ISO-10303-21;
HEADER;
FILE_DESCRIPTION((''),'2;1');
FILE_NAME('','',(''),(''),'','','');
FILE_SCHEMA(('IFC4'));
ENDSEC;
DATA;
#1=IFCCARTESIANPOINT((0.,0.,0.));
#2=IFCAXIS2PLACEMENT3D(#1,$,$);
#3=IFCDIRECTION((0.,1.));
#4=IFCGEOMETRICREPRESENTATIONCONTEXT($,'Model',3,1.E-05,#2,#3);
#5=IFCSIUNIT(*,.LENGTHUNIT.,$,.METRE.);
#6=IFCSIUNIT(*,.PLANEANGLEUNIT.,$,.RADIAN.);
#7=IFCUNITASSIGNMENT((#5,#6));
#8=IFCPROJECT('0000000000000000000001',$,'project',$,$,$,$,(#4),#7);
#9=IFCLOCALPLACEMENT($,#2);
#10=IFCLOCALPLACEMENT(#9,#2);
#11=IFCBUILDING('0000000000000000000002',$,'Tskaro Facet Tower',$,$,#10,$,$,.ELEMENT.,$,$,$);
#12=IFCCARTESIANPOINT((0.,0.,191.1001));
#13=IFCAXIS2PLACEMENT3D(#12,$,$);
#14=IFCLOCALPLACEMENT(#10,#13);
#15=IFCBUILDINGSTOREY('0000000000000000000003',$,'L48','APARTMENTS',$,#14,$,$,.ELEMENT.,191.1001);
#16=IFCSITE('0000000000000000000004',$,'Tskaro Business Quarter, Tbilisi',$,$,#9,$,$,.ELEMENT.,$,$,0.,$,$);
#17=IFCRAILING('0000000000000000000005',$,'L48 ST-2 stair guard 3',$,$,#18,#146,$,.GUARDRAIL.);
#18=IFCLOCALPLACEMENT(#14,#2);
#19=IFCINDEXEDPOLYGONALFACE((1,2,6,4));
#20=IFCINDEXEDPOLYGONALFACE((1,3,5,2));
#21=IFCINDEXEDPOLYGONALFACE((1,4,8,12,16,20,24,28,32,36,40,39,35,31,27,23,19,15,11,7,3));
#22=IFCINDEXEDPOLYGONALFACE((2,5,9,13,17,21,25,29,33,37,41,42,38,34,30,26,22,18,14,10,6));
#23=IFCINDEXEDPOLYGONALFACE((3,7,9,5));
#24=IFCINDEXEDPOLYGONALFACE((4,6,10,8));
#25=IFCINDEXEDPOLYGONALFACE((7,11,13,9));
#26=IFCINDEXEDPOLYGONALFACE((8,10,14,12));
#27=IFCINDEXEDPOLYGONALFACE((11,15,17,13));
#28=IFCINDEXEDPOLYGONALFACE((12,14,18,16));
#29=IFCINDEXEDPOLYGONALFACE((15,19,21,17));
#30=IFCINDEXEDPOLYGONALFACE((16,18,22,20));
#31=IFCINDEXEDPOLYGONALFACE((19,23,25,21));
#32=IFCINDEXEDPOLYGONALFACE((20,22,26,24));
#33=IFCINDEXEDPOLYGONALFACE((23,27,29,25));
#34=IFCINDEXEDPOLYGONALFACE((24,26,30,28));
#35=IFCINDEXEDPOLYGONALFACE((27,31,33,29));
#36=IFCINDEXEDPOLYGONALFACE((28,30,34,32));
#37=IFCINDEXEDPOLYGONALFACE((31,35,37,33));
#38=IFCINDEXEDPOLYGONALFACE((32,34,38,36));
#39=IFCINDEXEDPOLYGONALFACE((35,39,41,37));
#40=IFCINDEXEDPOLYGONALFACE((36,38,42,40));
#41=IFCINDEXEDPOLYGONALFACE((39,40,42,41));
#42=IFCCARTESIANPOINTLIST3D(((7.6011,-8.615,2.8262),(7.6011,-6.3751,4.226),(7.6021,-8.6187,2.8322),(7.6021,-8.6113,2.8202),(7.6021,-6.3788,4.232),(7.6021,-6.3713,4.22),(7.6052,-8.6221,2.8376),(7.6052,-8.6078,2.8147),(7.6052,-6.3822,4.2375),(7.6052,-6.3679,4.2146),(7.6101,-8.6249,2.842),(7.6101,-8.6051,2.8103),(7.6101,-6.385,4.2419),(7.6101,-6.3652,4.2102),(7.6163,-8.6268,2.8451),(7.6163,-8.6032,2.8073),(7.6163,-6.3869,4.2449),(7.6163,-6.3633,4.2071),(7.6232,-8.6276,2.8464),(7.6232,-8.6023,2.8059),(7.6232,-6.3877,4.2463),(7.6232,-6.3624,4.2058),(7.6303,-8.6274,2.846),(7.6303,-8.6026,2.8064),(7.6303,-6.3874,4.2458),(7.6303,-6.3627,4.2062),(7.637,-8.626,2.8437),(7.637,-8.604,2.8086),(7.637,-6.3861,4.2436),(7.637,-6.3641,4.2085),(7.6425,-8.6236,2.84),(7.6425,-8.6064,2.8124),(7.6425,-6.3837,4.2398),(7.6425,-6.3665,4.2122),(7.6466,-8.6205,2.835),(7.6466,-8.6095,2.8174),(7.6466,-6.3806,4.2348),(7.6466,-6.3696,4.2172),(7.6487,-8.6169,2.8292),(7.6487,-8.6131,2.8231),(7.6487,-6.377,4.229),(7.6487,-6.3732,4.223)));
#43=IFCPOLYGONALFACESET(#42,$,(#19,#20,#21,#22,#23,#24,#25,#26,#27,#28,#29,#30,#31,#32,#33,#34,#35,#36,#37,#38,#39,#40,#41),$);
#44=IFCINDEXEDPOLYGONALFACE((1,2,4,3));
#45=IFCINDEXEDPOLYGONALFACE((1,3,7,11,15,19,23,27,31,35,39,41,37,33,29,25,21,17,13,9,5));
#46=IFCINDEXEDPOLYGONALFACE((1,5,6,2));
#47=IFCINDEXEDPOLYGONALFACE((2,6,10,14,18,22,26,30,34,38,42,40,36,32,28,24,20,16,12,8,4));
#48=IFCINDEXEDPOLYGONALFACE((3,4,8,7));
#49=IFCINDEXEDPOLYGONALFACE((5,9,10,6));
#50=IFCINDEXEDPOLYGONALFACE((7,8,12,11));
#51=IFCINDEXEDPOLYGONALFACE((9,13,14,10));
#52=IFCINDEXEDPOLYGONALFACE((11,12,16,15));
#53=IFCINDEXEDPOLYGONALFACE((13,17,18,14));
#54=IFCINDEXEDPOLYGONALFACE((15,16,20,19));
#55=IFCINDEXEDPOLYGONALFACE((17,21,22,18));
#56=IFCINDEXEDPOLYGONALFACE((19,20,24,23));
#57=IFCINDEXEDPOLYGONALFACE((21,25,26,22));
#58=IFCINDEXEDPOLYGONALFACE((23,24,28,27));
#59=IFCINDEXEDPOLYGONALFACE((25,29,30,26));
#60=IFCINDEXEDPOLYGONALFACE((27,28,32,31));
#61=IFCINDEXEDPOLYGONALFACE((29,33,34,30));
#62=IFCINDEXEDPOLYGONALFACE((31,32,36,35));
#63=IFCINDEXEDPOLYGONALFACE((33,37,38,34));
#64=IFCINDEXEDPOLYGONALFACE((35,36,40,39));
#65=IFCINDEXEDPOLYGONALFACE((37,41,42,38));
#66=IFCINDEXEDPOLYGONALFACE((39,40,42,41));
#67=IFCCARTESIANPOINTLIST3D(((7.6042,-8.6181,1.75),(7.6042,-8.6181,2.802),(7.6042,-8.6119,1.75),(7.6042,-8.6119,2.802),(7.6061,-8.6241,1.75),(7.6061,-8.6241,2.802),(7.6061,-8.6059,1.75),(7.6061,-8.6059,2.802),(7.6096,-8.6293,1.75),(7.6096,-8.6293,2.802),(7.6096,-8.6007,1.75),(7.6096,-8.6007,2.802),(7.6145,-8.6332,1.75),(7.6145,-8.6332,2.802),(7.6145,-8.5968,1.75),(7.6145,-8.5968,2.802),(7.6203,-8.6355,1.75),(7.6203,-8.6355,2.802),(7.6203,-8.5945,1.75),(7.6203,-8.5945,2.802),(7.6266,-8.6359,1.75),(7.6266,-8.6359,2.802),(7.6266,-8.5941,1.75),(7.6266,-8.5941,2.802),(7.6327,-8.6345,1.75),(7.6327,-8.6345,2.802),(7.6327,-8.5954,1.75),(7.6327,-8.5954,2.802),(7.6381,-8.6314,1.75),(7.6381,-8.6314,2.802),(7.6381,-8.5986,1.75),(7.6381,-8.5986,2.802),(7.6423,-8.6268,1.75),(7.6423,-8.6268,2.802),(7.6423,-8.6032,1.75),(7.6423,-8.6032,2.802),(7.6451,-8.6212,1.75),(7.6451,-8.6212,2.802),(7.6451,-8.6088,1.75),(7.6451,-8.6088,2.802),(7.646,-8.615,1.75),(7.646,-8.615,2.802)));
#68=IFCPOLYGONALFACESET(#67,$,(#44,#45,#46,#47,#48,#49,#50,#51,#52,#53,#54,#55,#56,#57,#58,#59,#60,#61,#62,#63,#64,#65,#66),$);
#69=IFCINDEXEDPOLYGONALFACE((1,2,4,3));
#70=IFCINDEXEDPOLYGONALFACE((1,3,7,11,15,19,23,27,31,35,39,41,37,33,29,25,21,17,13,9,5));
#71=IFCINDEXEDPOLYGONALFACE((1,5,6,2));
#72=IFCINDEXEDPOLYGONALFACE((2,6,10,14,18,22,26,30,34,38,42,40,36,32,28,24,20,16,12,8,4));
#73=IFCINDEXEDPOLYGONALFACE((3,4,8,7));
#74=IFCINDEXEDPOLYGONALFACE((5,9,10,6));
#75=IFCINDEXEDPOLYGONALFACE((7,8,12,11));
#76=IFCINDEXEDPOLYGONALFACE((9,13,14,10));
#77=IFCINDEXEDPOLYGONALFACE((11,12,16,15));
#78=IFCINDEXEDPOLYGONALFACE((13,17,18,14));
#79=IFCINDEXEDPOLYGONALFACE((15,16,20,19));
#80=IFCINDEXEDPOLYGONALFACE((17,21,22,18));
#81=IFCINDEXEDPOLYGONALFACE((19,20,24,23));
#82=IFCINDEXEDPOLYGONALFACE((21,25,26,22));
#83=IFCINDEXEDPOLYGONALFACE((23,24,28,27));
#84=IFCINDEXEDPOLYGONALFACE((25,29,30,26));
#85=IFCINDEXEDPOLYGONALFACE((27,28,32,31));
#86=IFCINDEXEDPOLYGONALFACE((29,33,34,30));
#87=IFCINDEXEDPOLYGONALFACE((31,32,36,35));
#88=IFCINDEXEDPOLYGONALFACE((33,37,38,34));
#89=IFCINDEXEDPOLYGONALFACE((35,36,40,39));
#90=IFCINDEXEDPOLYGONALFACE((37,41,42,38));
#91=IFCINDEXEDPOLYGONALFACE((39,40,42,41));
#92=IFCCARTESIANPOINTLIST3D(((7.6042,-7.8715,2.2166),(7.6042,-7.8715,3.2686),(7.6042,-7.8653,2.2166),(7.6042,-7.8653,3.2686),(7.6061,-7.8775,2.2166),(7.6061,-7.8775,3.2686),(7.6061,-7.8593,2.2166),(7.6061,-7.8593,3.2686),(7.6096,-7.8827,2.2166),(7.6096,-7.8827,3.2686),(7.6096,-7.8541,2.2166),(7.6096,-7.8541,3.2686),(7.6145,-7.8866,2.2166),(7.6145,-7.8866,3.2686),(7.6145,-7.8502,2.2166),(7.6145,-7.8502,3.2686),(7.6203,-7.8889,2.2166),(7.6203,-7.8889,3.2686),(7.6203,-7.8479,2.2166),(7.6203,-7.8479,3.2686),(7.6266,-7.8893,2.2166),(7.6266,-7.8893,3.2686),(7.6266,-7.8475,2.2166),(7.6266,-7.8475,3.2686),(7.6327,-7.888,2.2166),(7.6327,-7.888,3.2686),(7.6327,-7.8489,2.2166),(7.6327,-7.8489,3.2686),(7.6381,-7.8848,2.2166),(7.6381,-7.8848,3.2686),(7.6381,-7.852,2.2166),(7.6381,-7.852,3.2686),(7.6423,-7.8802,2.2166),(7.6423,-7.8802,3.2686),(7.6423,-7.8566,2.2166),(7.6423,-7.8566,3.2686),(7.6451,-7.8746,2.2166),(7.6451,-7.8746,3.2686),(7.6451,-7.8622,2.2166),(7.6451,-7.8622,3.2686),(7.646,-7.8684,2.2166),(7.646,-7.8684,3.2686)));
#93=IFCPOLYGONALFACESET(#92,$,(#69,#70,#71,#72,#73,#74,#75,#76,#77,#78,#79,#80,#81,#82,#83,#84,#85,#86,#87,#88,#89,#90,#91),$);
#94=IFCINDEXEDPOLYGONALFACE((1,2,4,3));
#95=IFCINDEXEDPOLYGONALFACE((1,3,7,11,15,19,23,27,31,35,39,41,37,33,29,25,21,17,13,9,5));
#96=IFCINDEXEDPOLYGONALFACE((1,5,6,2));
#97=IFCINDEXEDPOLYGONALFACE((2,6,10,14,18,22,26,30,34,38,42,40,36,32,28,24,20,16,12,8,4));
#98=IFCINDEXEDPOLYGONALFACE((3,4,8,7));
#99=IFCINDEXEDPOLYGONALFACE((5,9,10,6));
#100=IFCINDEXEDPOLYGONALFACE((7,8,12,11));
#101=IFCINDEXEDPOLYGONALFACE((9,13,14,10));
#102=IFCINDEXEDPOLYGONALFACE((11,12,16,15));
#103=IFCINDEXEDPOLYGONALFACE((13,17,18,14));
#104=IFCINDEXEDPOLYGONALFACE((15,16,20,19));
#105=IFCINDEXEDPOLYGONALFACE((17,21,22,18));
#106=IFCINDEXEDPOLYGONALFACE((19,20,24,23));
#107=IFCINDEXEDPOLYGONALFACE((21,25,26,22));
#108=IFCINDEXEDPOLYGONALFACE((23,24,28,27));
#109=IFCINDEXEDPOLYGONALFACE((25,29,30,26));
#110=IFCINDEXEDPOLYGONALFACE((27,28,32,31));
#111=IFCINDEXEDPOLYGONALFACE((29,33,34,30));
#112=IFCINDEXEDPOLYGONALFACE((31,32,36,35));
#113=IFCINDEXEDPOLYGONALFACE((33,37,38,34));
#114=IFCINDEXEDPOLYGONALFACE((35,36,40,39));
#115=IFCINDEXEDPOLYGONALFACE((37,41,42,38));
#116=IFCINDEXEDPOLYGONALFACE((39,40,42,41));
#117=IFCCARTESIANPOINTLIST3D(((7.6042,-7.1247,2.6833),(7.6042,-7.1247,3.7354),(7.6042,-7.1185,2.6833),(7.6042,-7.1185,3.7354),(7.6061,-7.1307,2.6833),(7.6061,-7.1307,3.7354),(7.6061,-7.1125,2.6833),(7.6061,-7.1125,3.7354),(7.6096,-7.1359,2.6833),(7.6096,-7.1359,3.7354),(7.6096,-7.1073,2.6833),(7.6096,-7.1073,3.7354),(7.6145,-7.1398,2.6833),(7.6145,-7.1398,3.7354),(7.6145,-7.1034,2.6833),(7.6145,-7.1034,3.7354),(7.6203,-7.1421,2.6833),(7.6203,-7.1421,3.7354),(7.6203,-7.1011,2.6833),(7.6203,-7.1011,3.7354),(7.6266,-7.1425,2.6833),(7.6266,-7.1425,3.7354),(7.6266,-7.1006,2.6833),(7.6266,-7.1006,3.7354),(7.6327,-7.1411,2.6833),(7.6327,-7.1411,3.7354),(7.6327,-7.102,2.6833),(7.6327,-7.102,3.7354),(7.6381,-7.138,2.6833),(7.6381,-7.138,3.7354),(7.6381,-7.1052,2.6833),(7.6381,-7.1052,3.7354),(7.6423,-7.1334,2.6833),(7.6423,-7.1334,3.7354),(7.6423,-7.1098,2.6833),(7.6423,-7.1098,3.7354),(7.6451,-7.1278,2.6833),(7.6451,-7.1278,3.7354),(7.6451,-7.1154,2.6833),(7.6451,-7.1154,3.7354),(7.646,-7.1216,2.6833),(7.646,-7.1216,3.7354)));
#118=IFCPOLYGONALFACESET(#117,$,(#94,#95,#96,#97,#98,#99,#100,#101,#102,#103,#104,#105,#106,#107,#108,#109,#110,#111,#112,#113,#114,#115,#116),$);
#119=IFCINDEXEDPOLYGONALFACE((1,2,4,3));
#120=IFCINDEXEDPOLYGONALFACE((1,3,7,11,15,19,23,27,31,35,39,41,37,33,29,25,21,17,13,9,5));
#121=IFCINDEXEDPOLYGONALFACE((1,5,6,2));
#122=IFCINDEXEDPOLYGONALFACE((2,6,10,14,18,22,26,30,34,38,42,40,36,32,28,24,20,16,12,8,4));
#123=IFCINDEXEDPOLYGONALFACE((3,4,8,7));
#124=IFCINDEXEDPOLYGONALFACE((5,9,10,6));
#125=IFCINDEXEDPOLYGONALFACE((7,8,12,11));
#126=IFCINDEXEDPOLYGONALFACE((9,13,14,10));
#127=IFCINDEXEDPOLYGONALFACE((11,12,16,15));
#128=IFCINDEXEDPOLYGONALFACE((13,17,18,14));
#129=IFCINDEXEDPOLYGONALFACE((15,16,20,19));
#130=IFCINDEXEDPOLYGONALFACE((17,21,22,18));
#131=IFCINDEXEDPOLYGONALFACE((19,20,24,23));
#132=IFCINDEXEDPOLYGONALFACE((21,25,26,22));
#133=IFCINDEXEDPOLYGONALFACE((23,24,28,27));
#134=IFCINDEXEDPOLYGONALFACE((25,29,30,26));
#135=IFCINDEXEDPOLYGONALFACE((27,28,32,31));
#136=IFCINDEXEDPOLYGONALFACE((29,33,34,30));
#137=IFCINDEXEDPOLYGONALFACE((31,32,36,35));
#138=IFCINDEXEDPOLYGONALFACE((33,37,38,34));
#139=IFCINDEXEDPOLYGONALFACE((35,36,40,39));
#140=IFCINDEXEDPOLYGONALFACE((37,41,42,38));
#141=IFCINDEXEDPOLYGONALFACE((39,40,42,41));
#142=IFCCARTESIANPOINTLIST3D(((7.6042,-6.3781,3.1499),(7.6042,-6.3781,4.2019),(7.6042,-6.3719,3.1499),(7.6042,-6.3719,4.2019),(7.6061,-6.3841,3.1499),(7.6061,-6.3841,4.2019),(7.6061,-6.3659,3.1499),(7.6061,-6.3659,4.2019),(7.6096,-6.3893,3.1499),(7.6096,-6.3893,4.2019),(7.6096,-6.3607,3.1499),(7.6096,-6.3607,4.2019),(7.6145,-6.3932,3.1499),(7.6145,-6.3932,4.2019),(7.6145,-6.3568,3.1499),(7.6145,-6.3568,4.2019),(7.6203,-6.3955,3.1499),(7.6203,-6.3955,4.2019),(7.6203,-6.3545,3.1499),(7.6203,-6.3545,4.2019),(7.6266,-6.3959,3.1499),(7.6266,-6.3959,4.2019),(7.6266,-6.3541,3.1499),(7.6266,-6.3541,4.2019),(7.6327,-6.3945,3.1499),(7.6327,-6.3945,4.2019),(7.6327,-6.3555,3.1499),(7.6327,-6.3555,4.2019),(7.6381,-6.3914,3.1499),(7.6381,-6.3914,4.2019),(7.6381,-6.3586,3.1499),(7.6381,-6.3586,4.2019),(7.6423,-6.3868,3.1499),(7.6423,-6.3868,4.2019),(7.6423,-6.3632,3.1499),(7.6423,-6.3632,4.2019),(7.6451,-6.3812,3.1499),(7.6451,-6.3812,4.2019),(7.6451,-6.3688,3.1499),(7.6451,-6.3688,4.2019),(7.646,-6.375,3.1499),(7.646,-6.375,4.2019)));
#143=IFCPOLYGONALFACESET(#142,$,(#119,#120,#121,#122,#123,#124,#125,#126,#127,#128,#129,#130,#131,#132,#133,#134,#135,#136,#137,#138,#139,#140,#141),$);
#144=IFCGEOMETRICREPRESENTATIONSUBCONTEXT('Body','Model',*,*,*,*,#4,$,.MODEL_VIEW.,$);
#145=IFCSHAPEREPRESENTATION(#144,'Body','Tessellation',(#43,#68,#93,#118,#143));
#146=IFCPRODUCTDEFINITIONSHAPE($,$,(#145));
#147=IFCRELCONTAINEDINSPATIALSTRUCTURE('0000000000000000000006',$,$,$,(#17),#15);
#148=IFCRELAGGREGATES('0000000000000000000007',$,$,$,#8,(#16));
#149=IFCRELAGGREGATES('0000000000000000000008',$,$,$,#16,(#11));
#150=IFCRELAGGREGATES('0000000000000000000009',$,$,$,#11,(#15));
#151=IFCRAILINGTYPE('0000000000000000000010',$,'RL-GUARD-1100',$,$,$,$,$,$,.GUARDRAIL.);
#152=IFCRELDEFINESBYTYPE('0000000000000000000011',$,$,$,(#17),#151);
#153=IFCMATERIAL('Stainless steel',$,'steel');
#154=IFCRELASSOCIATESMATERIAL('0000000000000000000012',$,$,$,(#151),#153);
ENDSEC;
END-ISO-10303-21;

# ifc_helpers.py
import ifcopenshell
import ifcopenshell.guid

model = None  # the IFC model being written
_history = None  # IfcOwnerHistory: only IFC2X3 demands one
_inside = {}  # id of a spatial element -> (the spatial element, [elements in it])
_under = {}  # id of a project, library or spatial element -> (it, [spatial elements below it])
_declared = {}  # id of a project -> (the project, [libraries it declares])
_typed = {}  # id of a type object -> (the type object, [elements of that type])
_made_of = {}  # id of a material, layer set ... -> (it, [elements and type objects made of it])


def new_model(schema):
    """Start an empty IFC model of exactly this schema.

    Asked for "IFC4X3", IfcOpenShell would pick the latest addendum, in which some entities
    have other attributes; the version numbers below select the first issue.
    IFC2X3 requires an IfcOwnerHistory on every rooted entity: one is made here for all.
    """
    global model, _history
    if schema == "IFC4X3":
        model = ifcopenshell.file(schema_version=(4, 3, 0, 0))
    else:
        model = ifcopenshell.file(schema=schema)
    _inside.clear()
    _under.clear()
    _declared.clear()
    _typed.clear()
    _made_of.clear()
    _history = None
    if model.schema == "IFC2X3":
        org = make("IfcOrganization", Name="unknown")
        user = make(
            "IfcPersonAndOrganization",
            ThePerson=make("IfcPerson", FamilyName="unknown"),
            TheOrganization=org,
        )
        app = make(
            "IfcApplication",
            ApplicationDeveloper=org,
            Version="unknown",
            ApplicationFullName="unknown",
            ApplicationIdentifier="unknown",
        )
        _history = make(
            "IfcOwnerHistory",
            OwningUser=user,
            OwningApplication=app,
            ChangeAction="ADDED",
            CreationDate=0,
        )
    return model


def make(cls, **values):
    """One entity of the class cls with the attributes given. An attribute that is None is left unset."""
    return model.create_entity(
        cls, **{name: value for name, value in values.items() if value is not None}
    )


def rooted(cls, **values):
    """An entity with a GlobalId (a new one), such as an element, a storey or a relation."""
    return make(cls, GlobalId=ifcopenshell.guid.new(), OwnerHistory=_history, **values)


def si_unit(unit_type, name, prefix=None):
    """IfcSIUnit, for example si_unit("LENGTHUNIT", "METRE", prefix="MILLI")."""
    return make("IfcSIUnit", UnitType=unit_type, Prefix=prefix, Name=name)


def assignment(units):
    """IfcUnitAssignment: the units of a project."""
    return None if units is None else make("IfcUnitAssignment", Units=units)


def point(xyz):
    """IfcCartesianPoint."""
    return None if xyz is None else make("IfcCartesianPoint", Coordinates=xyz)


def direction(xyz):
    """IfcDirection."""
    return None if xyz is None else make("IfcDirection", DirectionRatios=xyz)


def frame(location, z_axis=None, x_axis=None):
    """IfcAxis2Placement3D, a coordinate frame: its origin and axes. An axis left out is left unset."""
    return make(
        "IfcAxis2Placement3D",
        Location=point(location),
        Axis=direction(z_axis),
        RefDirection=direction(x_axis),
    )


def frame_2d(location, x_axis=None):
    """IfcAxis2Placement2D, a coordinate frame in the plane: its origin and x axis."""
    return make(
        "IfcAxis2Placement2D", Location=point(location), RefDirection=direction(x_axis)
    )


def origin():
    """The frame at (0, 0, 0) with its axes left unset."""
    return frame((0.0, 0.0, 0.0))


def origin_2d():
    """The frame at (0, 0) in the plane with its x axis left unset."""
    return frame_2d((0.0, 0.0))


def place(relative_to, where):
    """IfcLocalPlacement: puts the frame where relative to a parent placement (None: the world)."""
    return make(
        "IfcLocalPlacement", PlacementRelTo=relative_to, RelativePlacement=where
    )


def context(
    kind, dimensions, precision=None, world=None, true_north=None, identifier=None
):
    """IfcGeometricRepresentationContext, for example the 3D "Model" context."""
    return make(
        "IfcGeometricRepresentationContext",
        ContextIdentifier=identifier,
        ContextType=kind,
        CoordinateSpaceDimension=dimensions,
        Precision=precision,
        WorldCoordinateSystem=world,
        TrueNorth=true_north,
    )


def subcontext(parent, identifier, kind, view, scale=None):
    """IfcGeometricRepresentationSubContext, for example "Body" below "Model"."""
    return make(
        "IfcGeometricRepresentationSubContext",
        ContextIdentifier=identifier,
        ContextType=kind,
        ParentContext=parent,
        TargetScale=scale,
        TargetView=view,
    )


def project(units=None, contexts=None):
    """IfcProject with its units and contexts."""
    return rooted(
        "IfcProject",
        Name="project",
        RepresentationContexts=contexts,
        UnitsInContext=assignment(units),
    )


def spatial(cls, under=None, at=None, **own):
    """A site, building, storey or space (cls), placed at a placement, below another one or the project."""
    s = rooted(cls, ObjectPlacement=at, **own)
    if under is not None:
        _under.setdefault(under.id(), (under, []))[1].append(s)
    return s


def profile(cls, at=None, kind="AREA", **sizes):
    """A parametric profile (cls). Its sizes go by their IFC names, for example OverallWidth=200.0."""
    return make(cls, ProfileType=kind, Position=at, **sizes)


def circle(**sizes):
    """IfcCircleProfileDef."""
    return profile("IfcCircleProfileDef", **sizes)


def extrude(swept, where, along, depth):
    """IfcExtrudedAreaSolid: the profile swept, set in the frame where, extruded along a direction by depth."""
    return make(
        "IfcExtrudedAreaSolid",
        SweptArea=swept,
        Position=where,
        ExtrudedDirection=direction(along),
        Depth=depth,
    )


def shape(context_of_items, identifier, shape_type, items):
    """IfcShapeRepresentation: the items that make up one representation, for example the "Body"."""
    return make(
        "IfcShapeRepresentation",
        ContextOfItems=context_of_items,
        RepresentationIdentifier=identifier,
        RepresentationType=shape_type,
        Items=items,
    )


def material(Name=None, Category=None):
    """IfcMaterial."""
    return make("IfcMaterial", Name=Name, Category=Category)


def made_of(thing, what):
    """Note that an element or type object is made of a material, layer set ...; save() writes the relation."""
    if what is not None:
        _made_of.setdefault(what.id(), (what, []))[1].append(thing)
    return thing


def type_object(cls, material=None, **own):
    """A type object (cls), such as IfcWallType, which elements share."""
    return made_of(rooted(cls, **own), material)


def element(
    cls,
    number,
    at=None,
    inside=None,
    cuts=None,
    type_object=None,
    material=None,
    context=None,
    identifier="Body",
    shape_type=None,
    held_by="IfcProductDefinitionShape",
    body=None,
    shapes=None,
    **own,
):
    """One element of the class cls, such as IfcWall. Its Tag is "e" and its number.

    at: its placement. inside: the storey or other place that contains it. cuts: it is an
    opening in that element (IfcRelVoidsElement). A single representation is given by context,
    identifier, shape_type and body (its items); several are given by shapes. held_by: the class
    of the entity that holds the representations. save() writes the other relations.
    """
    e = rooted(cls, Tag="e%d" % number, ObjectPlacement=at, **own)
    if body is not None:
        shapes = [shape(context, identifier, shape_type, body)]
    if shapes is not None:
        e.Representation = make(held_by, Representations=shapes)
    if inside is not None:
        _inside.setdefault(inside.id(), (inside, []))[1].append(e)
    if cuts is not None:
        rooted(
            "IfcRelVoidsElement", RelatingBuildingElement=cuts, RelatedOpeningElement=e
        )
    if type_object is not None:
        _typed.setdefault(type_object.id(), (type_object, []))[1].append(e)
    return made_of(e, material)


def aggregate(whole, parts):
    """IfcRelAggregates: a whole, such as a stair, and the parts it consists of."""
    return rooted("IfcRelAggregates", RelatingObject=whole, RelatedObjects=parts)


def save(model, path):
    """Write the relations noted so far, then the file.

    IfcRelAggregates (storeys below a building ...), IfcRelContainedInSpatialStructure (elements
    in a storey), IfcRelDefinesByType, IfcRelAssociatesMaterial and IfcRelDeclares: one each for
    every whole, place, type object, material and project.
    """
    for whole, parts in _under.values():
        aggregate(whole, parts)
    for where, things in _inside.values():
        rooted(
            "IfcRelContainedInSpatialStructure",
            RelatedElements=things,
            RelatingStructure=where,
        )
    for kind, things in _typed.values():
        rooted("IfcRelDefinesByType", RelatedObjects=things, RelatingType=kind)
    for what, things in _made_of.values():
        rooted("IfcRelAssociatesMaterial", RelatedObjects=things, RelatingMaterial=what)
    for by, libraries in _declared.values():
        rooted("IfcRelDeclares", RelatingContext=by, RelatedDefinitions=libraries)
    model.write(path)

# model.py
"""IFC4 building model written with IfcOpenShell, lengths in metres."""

from ifc_helpers import new_model, si_unit, direction, frame, origin, origin_2d, place, context, subcontext, project, spatial, circle, extrude, material, type_object, element, save


model = new_model("IFC4")

# Units and contexts
model_context = context("Model", 3, precision=1e-05, world=origin(), true_north=direction((0.0, 1.0)))
body_context = subcontext(model_context, "Body", "Model", "MODEL_VIEW")
ifc_project = project(units=[si_unit("LENGTHUNIT", "METRE"), si_unit("PLANEANGLEUNIT", "RADIAN")], contexts=[model_context])

# Site, building, storey
site_placement = place(None, origin())
site = spatial("IfcSite", under=ifc_project, at=site_placement, Name="Tskaro Business Quarter, Tbilisi", CompositionType="ELEMENT", RefElevation=0.0)
building_placement = place(site_placement, origin())
building = spatial("IfcBuilding", under=site, at=building_placement, Name="Tskaro Facet Tower", CompositionType="ELEMENT")
storey_placement = place(building_placement, frame((0.0, 0.0, 191.1001)))
storey = spatial("IfcBuildingStorey", under=building, at=storey_placement, Name="L48", Description="APARTMENTS", CompositionType="ELEMENT", Elevation=191.1001)

# Shared definitions
ifc_material_1 = material(Name="Stainless steel", Category="steel")

# Railing
railing_type_1 = type_object("IfcRailingType", Name="RL-GUARD-1100", PredefinedType="GUARDRAIL", material=ifc_material_1)
railing_1_placement = place(storey_placement, frame((7.625, -8.615, 1.75)))
element("IfcRailing", 1, at=railing_1_placement, inside=storey, type_object=railing_type_1, Name="L48 ST-2 stair guard 3", PredefinedType="GUARDRAIL", context=body_context, shape_type="SweptSolid", body=[
    extrude(circle(Radius=0.0239, at=origin_2d()), frame((0.0, 0.0, 1.0762), z_axis=(0.0, 0.848014, 0.529974), x_axis=(-1.0, 0.0, 0.0)), (0.0, 0.0, 1.0), 2.6414),
    extrude(circle(Radius=0.021, at=origin_2d()), origin(), (0.0, 0.0, 1.0), 1.052),
    extrude(circle(Radius=0.021, at=origin_2d()), frame((0.0, 0.7466, 0.4666)), (0.0, 0.0, 1.0), 1.052),
    extrude(circle(Radius=0.021, at=origin_2d()), frame((0.0, 1.4934, 0.9333)), (0.0, 0.0, 1.0), 1.052),
    extrude(circle(Radius=0.021, at=origin_2d()), frame((0.0, 2.24, 1.3999)), (0.0, 0.0, 1.0), 1.052),
])

save(model, "model.ifc")
